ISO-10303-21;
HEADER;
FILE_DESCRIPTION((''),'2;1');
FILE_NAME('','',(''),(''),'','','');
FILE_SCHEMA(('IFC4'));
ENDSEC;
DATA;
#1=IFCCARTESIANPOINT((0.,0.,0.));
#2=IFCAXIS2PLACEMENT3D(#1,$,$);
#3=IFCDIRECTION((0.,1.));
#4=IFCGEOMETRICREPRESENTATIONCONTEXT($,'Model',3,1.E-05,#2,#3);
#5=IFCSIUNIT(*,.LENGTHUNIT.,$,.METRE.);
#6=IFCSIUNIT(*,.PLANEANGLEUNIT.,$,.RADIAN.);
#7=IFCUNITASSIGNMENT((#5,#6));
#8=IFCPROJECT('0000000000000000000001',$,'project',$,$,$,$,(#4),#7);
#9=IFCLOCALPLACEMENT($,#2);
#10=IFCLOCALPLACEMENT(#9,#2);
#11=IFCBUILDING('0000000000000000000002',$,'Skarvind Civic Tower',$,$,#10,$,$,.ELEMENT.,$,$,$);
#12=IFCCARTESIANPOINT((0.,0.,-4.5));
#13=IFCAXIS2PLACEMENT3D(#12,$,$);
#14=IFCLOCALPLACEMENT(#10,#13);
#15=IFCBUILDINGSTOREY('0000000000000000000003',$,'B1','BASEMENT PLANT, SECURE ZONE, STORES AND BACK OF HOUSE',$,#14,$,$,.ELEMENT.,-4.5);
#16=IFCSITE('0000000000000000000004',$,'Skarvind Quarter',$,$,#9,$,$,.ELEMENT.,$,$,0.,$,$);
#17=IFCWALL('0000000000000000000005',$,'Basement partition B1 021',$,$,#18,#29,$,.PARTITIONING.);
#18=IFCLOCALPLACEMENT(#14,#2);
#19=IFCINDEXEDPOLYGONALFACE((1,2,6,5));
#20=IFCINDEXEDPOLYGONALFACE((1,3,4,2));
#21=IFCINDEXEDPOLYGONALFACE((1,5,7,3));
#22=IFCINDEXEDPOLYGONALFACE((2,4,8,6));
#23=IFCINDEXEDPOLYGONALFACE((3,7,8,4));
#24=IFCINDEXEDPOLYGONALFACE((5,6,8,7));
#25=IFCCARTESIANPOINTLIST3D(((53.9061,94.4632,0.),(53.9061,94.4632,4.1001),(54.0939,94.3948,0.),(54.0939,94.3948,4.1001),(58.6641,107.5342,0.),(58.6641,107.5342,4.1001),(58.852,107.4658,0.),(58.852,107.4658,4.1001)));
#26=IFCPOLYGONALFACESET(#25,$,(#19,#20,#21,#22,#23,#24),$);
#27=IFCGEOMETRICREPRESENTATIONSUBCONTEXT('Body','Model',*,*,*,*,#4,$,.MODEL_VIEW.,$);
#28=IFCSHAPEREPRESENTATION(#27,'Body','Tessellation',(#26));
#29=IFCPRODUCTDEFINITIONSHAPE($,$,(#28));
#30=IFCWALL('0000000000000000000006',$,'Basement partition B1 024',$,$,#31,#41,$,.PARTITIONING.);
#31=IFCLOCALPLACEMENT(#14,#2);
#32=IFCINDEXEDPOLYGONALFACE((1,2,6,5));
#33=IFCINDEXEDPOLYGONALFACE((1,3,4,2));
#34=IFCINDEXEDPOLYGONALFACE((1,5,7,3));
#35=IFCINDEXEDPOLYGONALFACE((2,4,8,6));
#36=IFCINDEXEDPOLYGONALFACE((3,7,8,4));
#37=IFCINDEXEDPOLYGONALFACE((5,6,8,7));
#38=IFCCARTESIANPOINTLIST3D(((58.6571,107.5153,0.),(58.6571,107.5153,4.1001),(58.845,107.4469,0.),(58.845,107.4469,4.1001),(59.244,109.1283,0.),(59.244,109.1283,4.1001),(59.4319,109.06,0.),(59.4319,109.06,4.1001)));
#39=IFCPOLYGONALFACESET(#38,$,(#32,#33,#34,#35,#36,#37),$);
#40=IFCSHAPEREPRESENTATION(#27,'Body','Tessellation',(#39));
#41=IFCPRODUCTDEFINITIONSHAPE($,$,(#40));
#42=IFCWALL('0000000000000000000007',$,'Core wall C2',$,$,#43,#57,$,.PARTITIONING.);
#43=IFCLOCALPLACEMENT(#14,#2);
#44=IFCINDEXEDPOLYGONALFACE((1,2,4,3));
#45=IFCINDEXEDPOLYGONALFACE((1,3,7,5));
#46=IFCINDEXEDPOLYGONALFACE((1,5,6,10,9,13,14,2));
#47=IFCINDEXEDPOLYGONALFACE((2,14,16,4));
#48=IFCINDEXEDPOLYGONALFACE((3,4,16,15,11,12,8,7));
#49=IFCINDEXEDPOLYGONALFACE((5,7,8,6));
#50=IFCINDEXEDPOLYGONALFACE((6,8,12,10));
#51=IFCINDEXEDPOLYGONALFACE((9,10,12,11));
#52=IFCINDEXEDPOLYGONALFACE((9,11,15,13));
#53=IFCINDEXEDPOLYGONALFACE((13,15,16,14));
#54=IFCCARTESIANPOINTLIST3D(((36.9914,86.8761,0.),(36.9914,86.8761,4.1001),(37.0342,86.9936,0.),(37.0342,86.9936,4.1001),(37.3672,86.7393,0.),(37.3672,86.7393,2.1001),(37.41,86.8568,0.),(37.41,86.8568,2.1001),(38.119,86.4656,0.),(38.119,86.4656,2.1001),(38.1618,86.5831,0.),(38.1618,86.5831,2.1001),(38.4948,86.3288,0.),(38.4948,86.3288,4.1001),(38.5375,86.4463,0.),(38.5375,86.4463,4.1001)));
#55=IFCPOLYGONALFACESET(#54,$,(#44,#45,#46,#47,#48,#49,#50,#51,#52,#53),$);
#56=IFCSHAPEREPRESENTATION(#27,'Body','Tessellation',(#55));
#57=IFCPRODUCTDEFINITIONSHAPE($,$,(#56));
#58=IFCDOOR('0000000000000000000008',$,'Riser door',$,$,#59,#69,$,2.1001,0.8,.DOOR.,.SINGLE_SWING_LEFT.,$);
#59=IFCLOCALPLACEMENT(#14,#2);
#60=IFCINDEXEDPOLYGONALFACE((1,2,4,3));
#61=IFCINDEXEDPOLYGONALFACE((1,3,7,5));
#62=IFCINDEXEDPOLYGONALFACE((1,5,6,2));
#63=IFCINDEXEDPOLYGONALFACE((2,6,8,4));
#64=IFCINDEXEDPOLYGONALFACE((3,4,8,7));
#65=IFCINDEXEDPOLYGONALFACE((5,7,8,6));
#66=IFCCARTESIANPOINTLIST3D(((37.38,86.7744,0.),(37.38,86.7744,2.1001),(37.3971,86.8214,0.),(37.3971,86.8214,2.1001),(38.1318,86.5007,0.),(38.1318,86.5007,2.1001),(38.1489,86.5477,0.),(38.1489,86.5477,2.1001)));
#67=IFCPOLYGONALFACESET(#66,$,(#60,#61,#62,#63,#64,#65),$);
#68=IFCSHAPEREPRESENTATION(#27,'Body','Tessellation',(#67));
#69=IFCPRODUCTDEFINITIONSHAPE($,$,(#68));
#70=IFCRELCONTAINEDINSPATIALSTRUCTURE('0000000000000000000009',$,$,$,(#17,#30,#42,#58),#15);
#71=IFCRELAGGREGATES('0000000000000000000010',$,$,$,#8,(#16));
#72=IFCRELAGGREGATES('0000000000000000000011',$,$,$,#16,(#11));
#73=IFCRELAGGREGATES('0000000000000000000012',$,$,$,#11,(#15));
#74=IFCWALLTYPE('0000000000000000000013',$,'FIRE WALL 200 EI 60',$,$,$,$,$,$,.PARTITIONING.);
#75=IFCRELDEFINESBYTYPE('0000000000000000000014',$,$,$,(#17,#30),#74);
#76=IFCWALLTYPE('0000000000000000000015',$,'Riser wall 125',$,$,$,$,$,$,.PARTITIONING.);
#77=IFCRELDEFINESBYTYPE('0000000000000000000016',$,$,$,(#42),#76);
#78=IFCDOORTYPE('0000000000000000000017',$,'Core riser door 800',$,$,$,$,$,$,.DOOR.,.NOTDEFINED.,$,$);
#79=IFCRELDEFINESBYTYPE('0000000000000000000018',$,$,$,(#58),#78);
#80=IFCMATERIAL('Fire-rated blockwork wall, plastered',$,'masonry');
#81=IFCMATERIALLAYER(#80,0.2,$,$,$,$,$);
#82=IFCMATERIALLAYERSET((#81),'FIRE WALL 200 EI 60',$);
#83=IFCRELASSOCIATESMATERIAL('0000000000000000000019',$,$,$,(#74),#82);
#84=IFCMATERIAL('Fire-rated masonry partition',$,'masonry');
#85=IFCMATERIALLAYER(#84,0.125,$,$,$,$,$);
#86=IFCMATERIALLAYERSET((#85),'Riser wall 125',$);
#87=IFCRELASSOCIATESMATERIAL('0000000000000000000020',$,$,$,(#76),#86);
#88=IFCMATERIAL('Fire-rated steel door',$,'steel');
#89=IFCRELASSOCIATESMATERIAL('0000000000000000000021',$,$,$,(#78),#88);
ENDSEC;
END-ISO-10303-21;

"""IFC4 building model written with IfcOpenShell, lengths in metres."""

from ifc_helpers import new_model, si_unit, direction, frame, frame_2d, origin, place, context, subcontext, project, spatial, rectangle, extrude, material, layer, layer_set, type_object, element, fill, save


model = new_model("IFC4")

# Units and contexts
model_context = context("Model", 3, precision=1e-05, world=origin(), true_north=direction((0.0, 1.0)))
body_context = subcontext(model_context, "Body", "Model", "MODEL_VIEW")
ifc_project = project(units=[si_unit("LENGTHUNIT", "METRE"), si_unit("PLANEANGLEUNIT", "RADIAN")], contexts=[model_context])

# Site, building, storey
site_placement = place(None, origin())
site = spatial("IfcSite", under=ifc_project, at=site_placement, Name="Skarvind Quarter", CompositionType="ELEMENT", RefElevation=0.0)
building_placement = place(site_placement, origin())
building = spatial("IfcBuilding", under=site, at=building_placement, Name="Skarvind Civic Tower", CompositionType="ELEMENT")
storey_placement = place(building_placement, frame((0.0, 0.0, -4.5)))
storey = spatial("IfcBuildingStorey", under=building, at=storey_placement, Name="B1", Description="BASEMENT PLANT, SECURE ZONE, STORES AND BACK OF HOUSE", CompositionType="ELEMENT", Elevation=-4.5)

# Shared definitions
ifc_material_1 = material(Name="Fire-rated blockwork wall, plastered", Category="masonry")

# Shared definitions
ifc_layer_1 = layer(ifc_material_1, 0.2)
ifc_layer_set_1 = layer_set([ifc_layer_1], Name="FIRE WALL 200 EI 60")
wall_type_1 = type_object("IfcWallType", Name="FIRE WALL 200 EI 60", PredefinedType="PARTITIONING", material=ifc_layer_set_1)

# Walls
wall_1_placement = place(storey_placement, frame((54.0, 94.429, 0.0), z_axis=(0.0, 0.0, 1.0), x_axis=(0.342057, 0.939679, 0.0)))
element("IfcWall", 1, at=wall_1_placement, inside=storey, type_object=wall_type_1, Name="Basement partition B1 021", PredefinedType="PARTITIONING", context=body_context, shape_type="SweptSolid", body=[
    extrude(rectangle(XDim=13.9102, YDim=0.2, at=frame_2d((6.9551, 0.0))), origin(), (0.0, 0.0, 1.0), 4.1001),
])
wall_2_placement = place(storey_placement, frame((58.751, 107.481, 0.0), z_axis=(0.0, 0.0, 1.0), x_axis=(0.341926, 0.939727, 0.0)))
element("IfcWall", 2, at=wall_2_placement, inside=storey, type_object=wall_type_1, Name="Basement partition B1 024", PredefinedType="PARTITIONING", context=body_context, shape_type="SweptSolid", body=[
    extrude(rectangle(XDim=1.7166, YDim=0.2, at=frame_2d((0.8584, 0.0))), origin(), (0.0, 0.0, 1.0), 4.1001),
])

# Wall, opening, door
ifc_material_2 = material(Name="Fire-rated masonry partition", Category="masonry")
ifc_layer_2 = layer(ifc_material_2, 0.125)
ifc_layer_set_2 = layer_set([ifc_layer_2], Name="Riser wall 125")
wall_type_2 = type_object("IfcWallType", Name="Riser wall 125", PredefinedType="PARTITIONING", material=ifc_layer_set_2)
wall_3_placement = place(storey_placement, frame((37.0129, 86.9348, 0.0), z_axis=(0.0, 0.0, 1.0), x_axis=(0.93966, -0.342111, 0.0)))
wall_3 = element("IfcWall", 3, at=wall_3_placement, inside=storey, type_object=wall_type_2, Name="Core wall C2", PredefinedType="PARTITIONING", context=body_context, shape_type="SweptSolid", body=[
    extrude(rectangle(XDim=1.5999, YDim=0.125, at=frame_2d((0.7998, 0.0))), origin(), (0.0, 0.0, 1.0), 4.1001),
])
opening_1_placement = place(wall_3_placement, frame((0.3999, 0.0, 0.0)))
opening_1 = element("IfcOpeningElement", 4, at=opening_1_placement, cuts=wall_3, PredefinedType="OPENING", context=body_context, shape_type="SweptSolid", body=[
    extrude(rectangle(XDim=0.8, YDim=2.1001, at=frame_2d((0.3999, 1.05))), frame((0.0, 0.0725, 0.0), z_axis=(0.0, -1.0, 0.0), x_axis=(1.0, 0.0, 0.0)), (0.0, 0.0, 1.0), 0.145),
])
ifc_material_3 = material(Name="Fire-rated steel door", Category="steel")
door_type_1 = type_object("IfcDoorType", Name="Core riser door 800", OperationType="NOTDEFINED", PredefinedType="DOOR", material=ifc_material_3)
door_1_placement = place(opening_1_placement, origin())
door_1 = element("IfcDoor", 5, at=door_1_placement, inside=storey, type_object=door_type_1, Name="Riser door", OperationType="SINGLE_SWING_LEFT", OverallHeight=2.1001, OverallWidth=0.8, PredefinedType="DOOR", context=body_context, shape_type="SweptSolid", body=[
    extrude(rectangle(XDim=0.8, YDim=2.1001, at=frame_2d((0.3999, 1.05))), frame((0.0, 0.0249, 0.0), z_axis=(0.0, -1.0, 0.0), x_axis=(1.0, 0.0, 0.0)), (0.0, 0.0, 1.0), 0.05),
])
fill(opening_1, door_1)

save(model, "model.ifc")
